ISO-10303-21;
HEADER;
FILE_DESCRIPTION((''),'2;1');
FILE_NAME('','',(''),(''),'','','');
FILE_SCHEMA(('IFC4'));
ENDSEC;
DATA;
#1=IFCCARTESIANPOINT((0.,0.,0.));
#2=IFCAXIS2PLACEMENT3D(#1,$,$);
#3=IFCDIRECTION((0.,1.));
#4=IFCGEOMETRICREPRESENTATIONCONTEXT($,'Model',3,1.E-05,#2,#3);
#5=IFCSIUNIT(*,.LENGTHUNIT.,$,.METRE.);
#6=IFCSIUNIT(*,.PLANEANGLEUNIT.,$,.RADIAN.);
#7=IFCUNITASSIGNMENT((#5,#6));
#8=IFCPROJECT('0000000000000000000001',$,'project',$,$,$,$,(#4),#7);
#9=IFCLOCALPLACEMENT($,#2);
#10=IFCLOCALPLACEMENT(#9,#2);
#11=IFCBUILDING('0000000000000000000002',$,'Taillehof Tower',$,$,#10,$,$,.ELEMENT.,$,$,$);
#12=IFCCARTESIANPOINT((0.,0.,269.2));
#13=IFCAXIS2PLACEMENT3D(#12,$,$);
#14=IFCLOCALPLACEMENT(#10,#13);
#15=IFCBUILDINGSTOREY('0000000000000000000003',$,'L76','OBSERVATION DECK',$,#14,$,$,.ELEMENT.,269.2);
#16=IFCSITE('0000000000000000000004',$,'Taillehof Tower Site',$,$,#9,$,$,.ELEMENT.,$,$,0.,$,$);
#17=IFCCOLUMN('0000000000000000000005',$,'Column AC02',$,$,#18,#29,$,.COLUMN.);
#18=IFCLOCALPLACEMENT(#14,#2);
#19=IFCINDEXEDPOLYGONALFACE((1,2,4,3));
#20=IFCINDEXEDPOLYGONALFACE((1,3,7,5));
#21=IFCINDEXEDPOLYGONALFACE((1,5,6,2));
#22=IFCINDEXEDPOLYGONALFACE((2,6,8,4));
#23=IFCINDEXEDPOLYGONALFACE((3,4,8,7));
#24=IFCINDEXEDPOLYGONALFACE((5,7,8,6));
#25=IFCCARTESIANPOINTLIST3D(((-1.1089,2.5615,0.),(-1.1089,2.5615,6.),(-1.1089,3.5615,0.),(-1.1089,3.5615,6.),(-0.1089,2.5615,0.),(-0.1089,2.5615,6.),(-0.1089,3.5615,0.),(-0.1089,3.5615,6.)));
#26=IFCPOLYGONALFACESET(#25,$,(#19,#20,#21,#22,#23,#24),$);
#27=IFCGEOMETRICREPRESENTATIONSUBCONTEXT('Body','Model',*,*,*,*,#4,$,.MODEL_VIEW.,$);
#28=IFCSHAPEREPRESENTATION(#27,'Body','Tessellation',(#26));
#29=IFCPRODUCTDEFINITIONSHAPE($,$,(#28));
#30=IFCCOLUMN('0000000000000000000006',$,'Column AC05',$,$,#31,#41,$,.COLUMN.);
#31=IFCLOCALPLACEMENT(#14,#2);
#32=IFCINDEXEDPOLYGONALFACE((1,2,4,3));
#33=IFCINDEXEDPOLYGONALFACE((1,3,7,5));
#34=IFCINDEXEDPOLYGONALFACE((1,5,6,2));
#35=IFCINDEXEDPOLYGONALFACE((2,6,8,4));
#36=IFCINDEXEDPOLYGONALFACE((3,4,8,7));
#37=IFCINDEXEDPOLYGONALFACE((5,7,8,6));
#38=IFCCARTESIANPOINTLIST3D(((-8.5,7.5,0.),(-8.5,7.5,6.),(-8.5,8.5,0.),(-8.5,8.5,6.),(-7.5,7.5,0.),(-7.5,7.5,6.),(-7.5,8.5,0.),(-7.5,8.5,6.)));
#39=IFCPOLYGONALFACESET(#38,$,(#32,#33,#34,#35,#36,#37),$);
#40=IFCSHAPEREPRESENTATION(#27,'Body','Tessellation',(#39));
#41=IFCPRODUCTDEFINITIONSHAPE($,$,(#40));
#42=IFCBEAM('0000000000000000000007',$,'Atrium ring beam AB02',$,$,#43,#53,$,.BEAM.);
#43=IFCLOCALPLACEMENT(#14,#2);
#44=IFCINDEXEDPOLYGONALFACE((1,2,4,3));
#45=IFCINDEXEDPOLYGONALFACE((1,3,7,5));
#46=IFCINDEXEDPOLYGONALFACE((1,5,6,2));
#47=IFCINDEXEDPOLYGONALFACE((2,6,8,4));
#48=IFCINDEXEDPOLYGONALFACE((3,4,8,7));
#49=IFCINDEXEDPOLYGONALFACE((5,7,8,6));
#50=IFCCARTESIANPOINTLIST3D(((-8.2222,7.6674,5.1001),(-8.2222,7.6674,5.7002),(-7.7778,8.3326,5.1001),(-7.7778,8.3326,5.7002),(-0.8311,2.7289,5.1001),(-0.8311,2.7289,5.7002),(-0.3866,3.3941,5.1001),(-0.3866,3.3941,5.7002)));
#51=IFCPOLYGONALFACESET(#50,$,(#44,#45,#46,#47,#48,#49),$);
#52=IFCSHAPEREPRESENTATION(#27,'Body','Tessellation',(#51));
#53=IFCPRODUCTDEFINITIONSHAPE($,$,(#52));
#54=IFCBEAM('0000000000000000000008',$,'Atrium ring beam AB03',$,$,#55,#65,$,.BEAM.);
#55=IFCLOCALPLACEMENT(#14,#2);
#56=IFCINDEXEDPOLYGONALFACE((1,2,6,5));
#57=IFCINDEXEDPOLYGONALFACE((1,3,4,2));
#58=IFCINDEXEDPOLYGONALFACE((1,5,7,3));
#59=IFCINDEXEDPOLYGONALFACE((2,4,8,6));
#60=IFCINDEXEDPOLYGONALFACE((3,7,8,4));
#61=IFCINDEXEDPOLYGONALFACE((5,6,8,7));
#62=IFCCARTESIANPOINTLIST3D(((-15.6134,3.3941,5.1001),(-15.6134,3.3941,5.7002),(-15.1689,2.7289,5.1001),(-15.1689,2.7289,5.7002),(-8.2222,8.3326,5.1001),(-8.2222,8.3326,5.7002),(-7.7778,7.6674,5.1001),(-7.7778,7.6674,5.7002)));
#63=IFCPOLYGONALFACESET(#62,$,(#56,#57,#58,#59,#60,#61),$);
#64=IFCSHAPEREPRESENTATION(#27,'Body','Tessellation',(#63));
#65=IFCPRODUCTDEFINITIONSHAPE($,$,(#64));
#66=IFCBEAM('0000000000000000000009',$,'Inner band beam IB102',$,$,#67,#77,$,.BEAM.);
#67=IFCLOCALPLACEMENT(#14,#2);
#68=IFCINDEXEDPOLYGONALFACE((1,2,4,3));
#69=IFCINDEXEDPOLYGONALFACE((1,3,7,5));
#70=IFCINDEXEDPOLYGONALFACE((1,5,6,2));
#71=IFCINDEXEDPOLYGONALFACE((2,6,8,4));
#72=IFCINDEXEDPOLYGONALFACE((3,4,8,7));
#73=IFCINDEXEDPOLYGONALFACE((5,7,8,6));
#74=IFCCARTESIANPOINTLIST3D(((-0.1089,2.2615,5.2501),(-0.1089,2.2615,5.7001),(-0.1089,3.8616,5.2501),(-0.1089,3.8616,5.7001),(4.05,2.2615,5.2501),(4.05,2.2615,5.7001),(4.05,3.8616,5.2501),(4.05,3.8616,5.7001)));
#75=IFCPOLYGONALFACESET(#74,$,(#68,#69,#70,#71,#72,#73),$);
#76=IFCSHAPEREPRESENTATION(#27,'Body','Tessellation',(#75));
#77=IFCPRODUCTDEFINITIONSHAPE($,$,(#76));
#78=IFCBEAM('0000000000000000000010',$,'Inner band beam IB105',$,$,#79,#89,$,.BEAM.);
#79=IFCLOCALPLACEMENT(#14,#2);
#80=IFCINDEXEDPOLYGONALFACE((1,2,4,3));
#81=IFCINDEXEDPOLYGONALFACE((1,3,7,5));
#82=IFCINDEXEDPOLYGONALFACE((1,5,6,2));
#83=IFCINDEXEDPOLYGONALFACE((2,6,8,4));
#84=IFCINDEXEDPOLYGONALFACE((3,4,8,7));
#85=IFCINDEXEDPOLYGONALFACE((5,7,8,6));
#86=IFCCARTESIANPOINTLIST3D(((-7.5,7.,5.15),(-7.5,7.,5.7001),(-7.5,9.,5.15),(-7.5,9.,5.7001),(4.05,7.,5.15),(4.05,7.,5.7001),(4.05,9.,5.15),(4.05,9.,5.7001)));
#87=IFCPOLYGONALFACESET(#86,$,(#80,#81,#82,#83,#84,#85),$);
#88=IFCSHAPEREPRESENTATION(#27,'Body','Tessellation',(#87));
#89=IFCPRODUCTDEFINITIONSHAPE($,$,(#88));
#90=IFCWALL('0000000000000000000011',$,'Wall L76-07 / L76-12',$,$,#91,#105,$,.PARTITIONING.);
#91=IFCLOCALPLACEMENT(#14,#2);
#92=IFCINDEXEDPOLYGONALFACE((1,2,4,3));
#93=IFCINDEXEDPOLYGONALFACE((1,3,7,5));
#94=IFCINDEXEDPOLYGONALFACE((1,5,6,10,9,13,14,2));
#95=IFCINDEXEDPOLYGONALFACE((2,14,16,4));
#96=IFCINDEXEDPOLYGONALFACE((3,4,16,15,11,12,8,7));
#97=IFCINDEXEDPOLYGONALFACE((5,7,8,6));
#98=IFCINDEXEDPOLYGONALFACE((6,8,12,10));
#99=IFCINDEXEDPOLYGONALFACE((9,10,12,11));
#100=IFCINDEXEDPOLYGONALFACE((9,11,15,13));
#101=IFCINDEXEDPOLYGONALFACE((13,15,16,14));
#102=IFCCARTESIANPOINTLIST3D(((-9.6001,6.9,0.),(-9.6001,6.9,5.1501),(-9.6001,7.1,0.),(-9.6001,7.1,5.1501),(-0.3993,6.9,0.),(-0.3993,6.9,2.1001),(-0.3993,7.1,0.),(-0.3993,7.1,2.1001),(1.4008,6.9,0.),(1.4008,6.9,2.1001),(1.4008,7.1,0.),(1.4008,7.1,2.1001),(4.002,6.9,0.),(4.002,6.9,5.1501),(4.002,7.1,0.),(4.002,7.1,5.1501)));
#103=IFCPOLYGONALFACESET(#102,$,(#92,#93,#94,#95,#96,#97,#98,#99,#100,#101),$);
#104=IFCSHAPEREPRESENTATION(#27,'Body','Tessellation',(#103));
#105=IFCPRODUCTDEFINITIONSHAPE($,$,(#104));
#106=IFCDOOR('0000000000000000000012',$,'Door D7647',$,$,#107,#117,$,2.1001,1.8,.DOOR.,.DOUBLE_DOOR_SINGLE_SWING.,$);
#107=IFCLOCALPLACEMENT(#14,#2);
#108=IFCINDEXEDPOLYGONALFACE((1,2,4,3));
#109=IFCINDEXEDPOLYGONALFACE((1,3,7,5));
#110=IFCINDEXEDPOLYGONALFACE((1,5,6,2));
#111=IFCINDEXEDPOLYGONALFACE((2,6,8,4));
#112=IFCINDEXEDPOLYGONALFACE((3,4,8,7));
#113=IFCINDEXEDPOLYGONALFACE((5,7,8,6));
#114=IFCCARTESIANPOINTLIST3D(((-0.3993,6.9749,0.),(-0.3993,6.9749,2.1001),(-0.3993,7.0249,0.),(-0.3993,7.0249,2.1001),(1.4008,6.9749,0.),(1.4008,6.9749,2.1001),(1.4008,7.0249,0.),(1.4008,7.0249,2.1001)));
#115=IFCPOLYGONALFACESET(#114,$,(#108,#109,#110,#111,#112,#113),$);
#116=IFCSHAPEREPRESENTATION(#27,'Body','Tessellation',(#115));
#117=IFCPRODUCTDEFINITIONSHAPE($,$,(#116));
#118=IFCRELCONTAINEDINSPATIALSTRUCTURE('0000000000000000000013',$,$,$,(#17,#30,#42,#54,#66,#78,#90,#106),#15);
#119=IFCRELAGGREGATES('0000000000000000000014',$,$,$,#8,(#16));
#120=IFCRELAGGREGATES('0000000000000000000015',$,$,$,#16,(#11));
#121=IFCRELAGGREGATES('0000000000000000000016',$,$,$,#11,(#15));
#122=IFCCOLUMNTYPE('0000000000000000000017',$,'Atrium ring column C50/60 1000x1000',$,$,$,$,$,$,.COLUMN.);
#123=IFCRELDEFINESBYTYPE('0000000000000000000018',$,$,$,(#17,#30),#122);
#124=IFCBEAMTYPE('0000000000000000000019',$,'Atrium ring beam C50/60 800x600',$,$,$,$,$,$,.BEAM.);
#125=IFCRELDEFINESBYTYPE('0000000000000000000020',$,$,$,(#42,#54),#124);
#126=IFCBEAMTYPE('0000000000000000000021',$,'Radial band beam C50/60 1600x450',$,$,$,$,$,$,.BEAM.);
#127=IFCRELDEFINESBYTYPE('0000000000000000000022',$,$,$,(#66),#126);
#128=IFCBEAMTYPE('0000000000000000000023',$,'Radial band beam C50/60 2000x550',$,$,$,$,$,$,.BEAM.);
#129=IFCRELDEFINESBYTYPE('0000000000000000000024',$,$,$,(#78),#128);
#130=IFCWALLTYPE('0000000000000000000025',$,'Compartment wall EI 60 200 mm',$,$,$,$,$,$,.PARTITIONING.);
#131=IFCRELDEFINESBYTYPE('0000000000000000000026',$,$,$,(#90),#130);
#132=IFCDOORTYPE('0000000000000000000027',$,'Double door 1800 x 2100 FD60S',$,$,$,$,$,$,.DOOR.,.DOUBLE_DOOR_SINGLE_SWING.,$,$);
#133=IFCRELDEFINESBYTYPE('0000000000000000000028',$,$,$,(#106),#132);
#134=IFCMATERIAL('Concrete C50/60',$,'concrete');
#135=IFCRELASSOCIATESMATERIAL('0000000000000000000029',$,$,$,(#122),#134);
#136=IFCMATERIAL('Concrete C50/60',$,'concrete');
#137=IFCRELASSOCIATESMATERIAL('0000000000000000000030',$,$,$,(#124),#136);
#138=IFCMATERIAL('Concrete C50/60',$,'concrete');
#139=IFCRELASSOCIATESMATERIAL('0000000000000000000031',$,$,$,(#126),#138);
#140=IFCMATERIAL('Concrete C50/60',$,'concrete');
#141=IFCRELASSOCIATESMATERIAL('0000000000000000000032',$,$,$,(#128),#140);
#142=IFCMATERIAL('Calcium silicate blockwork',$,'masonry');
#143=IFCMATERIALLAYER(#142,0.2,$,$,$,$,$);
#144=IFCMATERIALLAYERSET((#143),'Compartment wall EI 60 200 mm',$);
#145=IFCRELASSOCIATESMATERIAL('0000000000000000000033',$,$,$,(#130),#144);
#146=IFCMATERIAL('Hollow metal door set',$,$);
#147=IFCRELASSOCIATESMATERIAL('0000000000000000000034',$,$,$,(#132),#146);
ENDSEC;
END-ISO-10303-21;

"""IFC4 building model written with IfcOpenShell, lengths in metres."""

from ifc_helpers import new_model, si_unit, direction, frame, frame_2d, origin, origin_2d, place, context, subcontext, project, spatial, rectangle, extrude, material, layer, layer_set, material_profile, profile_set, type_object, element, fill, save


model = new_model("IFC4")

# Units and contexts
model_context = context("Model", 3, precision=1e-05, world=origin(), true_north=direction((0.0, 1.0)))
body_context = subcontext(model_context, "Body", "Model", "MODEL_VIEW")
ifc_project = project(units=[si_unit("LENGTHUNIT", "METRE"), si_unit("PLANEANGLEUNIT", "RADIAN")], contexts=[model_context])

# Site, building, storey
site_placement = place(None, origin())
site = spatial("IfcSite", under=ifc_project, at=site_placement, Name="Taillehof Tower Site", CompositionType="ELEMENT", RefElevation=0.0)
building_placement = place(site_placement, origin())
building = spatial("IfcBuilding", under=site, at=building_placement, Name="Taillehof Tower", CompositionType="ELEMENT")
storey_placement = place(building_placement, frame((0.0, 0.0, 269.2)))
storey = spatial("IfcBuildingStorey", under=building, at=storey_placement, Name="L76", Description="OBSERVATION DECK", CompositionType="ELEMENT", Elevation=269.2)

# Columns
ifc_material_1 = material(Name="Concrete C50/60", Category="concrete")
ifc_material_profile_1 = material_profile(ifc_material_1, rectangle(XDim=1.0, YDim=1.0, at=origin_2d()), Name="RC 1000x1000")
ifc_profile_set_1 = profile_set([ifc_material_profile_1], Name="Concrete C50/60")
column_type = type_object("IfcColumnType", Name="Atrium ring column C50/60 1000x1000", PredefinedType="COLUMN", material=ifc_profile_set_1)
for number, where, z_axis, x_axis, name in (
    (1, (-0.6089, 3.0615, 0.0), (0.0, 0.0, 1.0), (1.0, 0.0, 0.0), "Column AC02"),
    (2, (-8.0, 8.0, 0.0), (0.0, 0.0, 1.0), (1.0, 0.0, 0.0), "Column AC05"),
):
    element("IfcColumn", number, at=place(storey_placement, frame(where, z_axis=z_axis, x_axis=x_axis)), inside=storey, type_object=column_type, Name=name, PredefinedType="COLUMN", context=body_context, shape_type="SweptSolid", body=[
        extrude(rectangle(XDim=1.0, YDim=1.0, at=origin_2d()), origin(), (0.0, 0.0, 1.0), 6.0),
    ])

# Beams
ifc_material_2 = material(Name="Concrete C50/60", Category="concrete")
ifc_material_profile_2 = material_profile(ifc_material_2, rectangle(XDim=0.8, YDim=0.6001, at=origin_2d()), Name="RC 800x600")
ifc_profile_set_2 = profile_set([ifc_material_profile_2], Name="Concrete C50/60")
beam_type_1 = type_object("IfcBeamType", Name="Atrium ring beam C50/60 800x600", PredefinedType="BEAM", material=ifc_profile_set_2)
for number, where, z_axis, x_axis, name in (
    (3, (-0.6089, 3.0615, 5.4001), (-0.831475, 0.555562, 0.0), (-0.555562, -0.831475, 0.0), "Atrium ring beam AB02"),
    (4, (-8.0, 8.0, 5.4001), (-0.831475, -0.555562, 0.0), (0.555562, -0.831475, 0.0), "Atrium ring beam AB03"),
):
    element("IfcBeam", number, at=place(storey_placement, frame(where, z_axis=z_axis, x_axis=x_axis)), inside=storey, type_object=beam_type_1, Name=name, PredefinedType="BEAM", context=body_context, shape_type="SweptSolid", body=[
        extrude(rectangle(XDim=0.8, YDim=0.6001, at=origin_2d()), origin(), (0.0, 0.0, 1.0), 8.8892),
    ])
ifc_material_3 = material(Name="Concrete C50/60", Category="concrete")
ifc_material_profile_3 = material_profile(ifc_material_3, rectangle(XDim=1.6001, YDim=0.45, at=origin_2d()), Name="RC 1600x450")
ifc_profile_set_3 = profile_set([ifc_material_profile_3], Name="Concrete C50/60")
beam_type_2 = type_object("IfcBeamType", Name="Radial band beam C50/60 1600x450", PredefinedType="BEAM", material=ifc_profile_set_3)
beam_1_placement = place(storey_placement, frame((-0.1089, 3.0615, 5.4751), z_axis=(1.0, 0.0, 0.0), x_axis=(0.0, 1.0, 0.0)))
element("IfcBeam", 5, at=beam_1_placement, inside=storey, type_object=beam_type_2, Name="Inner band beam IB102", PredefinedType="BEAM", context=body_context, shape_type="SweptSolid", body=[
    extrude(rectangle(XDim=1.6001, YDim=0.45, at=origin_2d()), origin(), (0.0, 0.0, 1.0), 4.1589),
])
ifc_material_4 = material(Name="Concrete C50/60", Category="concrete")
ifc_material_profile_4 = material_profile(ifc_material_4, rectangle(XDim=2.0, YDim=0.55, at=origin_2d()), Name="RC 2000x550")
ifc_profile_set_4 = profile_set([ifc_material_profile_4], Name="Concrete C50/60")
beam_type_3 = type_object("IfcBeamType", Name="Radial band beam C50/60 2000x550", PredefinedType="BEAM", material=ifc_profile_set_4)
beam_2_placement = place(storey_placement, frame((-7.5, 8.0, 5.425), z_axis=(1.0, 0.0, 0.0), x_axis=(0.0, 1.0, 0.0)))
element("IfcBeam", 6, at=beam_2_placement, inside=storey, type_object=beam_type_3, Name="Inner band beam IB105", PredefinedType="BEAM", context=body_context, shape_type="SweptSolid", body=[
    extrude(rectangle(XDim=2.0, YDim=0.55, at=origin_2d()), origin(), (0.0, 0.0, 1.0), 11.55),
])

# Wall, opening, door
ifc_material_5 = material(Name="Calcium silicate blockwork", Category="masonry")
ifc_layer_1 = layer(ifc_material_5, 0.2)
ifc_layer_set_1 = layer_set([ifc_layer_1], Name="Compartment wall EI 60 200 mm")
wall_type_1 = type_object("IfcWallType", Name="Compartment wall EI 60 200 mm", PredefinedType="PARTITIONING", material=ifc_layer_set_1)
wall_1_placement = place(storey_placement, frame((-9.6001, 7.0, 0.0), z_axis=(0.0, 0.0, 1.0), x_axis=(1.0, 0.0, 0.0)))
wall_1 = element("IfcWall", 7, at=wall_1_placement, inside=storey, type_object=wall_type_1, Name="Wall L76-07 / L76-12", PredefinedType="PARTITIONING", context=body_context, shape_type="SweptSolid", body=[
    extrude(rectangle(XDim=13.6021, YDim=0.2, at=frame_2d((6.801, 0.0))), origin(), (0.0, 0.0, 1.0), 5.1501),
])
opening_1_placement = place(wall_1_placement, frame((9.2009, 0.0, 0.0)))
opening_1 = element("IfcOpeningElement", 8, at=opening_1_placement, cuts=wall_1, PredefinedType="OPENING", context=body_context, shape_type="SweptSolid", body=[
    extrude(rectangle(XDim=1.8, YDim=2.1001, at=frame_2d((0.8999, 1.05))), frame((0.0, 0.1099, 0.0), z_axis=(0.0, -1.0, 0.0), x_axis=(1.0, 0.0, 0.0)), (0.0, 0.0, 1.0), 0.22),
])
ifc_material_6 = material(Name="Hollow metal door set")
door_type_1 = type_object("IfcDoorType", Name="Double door 1800 x 2100 FD60S", OperationType="DOUBLE_DOOR_SINGLE_SWING", PredefinedType="DOOR", material=ifc_material_6)
door_1_placement = place(opening_1_placement, origin())
door_1 = element("IfcDoor", 9, at=door_1_placement, inside=storey, type_object=door_type_1, Name="Door D7647", OperationType="DOUBLE_DOOR_SINGLE_SWING", OverallHeight=2.1001, OverallWidth=1.8, PredefinedType="DOOR", context=body_context, shape_type="SweptSolid", body=[
    extrude(rectangle(XDim=1.8, YDim=2.1001, at=frame_2d((0.8999, 1.05))), frame((0.0, 0.0249, 0.0), z_axis=(0.0, -1.0, 0.0), x_axis=(1.0, 0.0, 0.0)), (0.0, 0.0, 1.0), 0.05),
])
fill(opening_1, door_1)

save(model, "model.ifc")
